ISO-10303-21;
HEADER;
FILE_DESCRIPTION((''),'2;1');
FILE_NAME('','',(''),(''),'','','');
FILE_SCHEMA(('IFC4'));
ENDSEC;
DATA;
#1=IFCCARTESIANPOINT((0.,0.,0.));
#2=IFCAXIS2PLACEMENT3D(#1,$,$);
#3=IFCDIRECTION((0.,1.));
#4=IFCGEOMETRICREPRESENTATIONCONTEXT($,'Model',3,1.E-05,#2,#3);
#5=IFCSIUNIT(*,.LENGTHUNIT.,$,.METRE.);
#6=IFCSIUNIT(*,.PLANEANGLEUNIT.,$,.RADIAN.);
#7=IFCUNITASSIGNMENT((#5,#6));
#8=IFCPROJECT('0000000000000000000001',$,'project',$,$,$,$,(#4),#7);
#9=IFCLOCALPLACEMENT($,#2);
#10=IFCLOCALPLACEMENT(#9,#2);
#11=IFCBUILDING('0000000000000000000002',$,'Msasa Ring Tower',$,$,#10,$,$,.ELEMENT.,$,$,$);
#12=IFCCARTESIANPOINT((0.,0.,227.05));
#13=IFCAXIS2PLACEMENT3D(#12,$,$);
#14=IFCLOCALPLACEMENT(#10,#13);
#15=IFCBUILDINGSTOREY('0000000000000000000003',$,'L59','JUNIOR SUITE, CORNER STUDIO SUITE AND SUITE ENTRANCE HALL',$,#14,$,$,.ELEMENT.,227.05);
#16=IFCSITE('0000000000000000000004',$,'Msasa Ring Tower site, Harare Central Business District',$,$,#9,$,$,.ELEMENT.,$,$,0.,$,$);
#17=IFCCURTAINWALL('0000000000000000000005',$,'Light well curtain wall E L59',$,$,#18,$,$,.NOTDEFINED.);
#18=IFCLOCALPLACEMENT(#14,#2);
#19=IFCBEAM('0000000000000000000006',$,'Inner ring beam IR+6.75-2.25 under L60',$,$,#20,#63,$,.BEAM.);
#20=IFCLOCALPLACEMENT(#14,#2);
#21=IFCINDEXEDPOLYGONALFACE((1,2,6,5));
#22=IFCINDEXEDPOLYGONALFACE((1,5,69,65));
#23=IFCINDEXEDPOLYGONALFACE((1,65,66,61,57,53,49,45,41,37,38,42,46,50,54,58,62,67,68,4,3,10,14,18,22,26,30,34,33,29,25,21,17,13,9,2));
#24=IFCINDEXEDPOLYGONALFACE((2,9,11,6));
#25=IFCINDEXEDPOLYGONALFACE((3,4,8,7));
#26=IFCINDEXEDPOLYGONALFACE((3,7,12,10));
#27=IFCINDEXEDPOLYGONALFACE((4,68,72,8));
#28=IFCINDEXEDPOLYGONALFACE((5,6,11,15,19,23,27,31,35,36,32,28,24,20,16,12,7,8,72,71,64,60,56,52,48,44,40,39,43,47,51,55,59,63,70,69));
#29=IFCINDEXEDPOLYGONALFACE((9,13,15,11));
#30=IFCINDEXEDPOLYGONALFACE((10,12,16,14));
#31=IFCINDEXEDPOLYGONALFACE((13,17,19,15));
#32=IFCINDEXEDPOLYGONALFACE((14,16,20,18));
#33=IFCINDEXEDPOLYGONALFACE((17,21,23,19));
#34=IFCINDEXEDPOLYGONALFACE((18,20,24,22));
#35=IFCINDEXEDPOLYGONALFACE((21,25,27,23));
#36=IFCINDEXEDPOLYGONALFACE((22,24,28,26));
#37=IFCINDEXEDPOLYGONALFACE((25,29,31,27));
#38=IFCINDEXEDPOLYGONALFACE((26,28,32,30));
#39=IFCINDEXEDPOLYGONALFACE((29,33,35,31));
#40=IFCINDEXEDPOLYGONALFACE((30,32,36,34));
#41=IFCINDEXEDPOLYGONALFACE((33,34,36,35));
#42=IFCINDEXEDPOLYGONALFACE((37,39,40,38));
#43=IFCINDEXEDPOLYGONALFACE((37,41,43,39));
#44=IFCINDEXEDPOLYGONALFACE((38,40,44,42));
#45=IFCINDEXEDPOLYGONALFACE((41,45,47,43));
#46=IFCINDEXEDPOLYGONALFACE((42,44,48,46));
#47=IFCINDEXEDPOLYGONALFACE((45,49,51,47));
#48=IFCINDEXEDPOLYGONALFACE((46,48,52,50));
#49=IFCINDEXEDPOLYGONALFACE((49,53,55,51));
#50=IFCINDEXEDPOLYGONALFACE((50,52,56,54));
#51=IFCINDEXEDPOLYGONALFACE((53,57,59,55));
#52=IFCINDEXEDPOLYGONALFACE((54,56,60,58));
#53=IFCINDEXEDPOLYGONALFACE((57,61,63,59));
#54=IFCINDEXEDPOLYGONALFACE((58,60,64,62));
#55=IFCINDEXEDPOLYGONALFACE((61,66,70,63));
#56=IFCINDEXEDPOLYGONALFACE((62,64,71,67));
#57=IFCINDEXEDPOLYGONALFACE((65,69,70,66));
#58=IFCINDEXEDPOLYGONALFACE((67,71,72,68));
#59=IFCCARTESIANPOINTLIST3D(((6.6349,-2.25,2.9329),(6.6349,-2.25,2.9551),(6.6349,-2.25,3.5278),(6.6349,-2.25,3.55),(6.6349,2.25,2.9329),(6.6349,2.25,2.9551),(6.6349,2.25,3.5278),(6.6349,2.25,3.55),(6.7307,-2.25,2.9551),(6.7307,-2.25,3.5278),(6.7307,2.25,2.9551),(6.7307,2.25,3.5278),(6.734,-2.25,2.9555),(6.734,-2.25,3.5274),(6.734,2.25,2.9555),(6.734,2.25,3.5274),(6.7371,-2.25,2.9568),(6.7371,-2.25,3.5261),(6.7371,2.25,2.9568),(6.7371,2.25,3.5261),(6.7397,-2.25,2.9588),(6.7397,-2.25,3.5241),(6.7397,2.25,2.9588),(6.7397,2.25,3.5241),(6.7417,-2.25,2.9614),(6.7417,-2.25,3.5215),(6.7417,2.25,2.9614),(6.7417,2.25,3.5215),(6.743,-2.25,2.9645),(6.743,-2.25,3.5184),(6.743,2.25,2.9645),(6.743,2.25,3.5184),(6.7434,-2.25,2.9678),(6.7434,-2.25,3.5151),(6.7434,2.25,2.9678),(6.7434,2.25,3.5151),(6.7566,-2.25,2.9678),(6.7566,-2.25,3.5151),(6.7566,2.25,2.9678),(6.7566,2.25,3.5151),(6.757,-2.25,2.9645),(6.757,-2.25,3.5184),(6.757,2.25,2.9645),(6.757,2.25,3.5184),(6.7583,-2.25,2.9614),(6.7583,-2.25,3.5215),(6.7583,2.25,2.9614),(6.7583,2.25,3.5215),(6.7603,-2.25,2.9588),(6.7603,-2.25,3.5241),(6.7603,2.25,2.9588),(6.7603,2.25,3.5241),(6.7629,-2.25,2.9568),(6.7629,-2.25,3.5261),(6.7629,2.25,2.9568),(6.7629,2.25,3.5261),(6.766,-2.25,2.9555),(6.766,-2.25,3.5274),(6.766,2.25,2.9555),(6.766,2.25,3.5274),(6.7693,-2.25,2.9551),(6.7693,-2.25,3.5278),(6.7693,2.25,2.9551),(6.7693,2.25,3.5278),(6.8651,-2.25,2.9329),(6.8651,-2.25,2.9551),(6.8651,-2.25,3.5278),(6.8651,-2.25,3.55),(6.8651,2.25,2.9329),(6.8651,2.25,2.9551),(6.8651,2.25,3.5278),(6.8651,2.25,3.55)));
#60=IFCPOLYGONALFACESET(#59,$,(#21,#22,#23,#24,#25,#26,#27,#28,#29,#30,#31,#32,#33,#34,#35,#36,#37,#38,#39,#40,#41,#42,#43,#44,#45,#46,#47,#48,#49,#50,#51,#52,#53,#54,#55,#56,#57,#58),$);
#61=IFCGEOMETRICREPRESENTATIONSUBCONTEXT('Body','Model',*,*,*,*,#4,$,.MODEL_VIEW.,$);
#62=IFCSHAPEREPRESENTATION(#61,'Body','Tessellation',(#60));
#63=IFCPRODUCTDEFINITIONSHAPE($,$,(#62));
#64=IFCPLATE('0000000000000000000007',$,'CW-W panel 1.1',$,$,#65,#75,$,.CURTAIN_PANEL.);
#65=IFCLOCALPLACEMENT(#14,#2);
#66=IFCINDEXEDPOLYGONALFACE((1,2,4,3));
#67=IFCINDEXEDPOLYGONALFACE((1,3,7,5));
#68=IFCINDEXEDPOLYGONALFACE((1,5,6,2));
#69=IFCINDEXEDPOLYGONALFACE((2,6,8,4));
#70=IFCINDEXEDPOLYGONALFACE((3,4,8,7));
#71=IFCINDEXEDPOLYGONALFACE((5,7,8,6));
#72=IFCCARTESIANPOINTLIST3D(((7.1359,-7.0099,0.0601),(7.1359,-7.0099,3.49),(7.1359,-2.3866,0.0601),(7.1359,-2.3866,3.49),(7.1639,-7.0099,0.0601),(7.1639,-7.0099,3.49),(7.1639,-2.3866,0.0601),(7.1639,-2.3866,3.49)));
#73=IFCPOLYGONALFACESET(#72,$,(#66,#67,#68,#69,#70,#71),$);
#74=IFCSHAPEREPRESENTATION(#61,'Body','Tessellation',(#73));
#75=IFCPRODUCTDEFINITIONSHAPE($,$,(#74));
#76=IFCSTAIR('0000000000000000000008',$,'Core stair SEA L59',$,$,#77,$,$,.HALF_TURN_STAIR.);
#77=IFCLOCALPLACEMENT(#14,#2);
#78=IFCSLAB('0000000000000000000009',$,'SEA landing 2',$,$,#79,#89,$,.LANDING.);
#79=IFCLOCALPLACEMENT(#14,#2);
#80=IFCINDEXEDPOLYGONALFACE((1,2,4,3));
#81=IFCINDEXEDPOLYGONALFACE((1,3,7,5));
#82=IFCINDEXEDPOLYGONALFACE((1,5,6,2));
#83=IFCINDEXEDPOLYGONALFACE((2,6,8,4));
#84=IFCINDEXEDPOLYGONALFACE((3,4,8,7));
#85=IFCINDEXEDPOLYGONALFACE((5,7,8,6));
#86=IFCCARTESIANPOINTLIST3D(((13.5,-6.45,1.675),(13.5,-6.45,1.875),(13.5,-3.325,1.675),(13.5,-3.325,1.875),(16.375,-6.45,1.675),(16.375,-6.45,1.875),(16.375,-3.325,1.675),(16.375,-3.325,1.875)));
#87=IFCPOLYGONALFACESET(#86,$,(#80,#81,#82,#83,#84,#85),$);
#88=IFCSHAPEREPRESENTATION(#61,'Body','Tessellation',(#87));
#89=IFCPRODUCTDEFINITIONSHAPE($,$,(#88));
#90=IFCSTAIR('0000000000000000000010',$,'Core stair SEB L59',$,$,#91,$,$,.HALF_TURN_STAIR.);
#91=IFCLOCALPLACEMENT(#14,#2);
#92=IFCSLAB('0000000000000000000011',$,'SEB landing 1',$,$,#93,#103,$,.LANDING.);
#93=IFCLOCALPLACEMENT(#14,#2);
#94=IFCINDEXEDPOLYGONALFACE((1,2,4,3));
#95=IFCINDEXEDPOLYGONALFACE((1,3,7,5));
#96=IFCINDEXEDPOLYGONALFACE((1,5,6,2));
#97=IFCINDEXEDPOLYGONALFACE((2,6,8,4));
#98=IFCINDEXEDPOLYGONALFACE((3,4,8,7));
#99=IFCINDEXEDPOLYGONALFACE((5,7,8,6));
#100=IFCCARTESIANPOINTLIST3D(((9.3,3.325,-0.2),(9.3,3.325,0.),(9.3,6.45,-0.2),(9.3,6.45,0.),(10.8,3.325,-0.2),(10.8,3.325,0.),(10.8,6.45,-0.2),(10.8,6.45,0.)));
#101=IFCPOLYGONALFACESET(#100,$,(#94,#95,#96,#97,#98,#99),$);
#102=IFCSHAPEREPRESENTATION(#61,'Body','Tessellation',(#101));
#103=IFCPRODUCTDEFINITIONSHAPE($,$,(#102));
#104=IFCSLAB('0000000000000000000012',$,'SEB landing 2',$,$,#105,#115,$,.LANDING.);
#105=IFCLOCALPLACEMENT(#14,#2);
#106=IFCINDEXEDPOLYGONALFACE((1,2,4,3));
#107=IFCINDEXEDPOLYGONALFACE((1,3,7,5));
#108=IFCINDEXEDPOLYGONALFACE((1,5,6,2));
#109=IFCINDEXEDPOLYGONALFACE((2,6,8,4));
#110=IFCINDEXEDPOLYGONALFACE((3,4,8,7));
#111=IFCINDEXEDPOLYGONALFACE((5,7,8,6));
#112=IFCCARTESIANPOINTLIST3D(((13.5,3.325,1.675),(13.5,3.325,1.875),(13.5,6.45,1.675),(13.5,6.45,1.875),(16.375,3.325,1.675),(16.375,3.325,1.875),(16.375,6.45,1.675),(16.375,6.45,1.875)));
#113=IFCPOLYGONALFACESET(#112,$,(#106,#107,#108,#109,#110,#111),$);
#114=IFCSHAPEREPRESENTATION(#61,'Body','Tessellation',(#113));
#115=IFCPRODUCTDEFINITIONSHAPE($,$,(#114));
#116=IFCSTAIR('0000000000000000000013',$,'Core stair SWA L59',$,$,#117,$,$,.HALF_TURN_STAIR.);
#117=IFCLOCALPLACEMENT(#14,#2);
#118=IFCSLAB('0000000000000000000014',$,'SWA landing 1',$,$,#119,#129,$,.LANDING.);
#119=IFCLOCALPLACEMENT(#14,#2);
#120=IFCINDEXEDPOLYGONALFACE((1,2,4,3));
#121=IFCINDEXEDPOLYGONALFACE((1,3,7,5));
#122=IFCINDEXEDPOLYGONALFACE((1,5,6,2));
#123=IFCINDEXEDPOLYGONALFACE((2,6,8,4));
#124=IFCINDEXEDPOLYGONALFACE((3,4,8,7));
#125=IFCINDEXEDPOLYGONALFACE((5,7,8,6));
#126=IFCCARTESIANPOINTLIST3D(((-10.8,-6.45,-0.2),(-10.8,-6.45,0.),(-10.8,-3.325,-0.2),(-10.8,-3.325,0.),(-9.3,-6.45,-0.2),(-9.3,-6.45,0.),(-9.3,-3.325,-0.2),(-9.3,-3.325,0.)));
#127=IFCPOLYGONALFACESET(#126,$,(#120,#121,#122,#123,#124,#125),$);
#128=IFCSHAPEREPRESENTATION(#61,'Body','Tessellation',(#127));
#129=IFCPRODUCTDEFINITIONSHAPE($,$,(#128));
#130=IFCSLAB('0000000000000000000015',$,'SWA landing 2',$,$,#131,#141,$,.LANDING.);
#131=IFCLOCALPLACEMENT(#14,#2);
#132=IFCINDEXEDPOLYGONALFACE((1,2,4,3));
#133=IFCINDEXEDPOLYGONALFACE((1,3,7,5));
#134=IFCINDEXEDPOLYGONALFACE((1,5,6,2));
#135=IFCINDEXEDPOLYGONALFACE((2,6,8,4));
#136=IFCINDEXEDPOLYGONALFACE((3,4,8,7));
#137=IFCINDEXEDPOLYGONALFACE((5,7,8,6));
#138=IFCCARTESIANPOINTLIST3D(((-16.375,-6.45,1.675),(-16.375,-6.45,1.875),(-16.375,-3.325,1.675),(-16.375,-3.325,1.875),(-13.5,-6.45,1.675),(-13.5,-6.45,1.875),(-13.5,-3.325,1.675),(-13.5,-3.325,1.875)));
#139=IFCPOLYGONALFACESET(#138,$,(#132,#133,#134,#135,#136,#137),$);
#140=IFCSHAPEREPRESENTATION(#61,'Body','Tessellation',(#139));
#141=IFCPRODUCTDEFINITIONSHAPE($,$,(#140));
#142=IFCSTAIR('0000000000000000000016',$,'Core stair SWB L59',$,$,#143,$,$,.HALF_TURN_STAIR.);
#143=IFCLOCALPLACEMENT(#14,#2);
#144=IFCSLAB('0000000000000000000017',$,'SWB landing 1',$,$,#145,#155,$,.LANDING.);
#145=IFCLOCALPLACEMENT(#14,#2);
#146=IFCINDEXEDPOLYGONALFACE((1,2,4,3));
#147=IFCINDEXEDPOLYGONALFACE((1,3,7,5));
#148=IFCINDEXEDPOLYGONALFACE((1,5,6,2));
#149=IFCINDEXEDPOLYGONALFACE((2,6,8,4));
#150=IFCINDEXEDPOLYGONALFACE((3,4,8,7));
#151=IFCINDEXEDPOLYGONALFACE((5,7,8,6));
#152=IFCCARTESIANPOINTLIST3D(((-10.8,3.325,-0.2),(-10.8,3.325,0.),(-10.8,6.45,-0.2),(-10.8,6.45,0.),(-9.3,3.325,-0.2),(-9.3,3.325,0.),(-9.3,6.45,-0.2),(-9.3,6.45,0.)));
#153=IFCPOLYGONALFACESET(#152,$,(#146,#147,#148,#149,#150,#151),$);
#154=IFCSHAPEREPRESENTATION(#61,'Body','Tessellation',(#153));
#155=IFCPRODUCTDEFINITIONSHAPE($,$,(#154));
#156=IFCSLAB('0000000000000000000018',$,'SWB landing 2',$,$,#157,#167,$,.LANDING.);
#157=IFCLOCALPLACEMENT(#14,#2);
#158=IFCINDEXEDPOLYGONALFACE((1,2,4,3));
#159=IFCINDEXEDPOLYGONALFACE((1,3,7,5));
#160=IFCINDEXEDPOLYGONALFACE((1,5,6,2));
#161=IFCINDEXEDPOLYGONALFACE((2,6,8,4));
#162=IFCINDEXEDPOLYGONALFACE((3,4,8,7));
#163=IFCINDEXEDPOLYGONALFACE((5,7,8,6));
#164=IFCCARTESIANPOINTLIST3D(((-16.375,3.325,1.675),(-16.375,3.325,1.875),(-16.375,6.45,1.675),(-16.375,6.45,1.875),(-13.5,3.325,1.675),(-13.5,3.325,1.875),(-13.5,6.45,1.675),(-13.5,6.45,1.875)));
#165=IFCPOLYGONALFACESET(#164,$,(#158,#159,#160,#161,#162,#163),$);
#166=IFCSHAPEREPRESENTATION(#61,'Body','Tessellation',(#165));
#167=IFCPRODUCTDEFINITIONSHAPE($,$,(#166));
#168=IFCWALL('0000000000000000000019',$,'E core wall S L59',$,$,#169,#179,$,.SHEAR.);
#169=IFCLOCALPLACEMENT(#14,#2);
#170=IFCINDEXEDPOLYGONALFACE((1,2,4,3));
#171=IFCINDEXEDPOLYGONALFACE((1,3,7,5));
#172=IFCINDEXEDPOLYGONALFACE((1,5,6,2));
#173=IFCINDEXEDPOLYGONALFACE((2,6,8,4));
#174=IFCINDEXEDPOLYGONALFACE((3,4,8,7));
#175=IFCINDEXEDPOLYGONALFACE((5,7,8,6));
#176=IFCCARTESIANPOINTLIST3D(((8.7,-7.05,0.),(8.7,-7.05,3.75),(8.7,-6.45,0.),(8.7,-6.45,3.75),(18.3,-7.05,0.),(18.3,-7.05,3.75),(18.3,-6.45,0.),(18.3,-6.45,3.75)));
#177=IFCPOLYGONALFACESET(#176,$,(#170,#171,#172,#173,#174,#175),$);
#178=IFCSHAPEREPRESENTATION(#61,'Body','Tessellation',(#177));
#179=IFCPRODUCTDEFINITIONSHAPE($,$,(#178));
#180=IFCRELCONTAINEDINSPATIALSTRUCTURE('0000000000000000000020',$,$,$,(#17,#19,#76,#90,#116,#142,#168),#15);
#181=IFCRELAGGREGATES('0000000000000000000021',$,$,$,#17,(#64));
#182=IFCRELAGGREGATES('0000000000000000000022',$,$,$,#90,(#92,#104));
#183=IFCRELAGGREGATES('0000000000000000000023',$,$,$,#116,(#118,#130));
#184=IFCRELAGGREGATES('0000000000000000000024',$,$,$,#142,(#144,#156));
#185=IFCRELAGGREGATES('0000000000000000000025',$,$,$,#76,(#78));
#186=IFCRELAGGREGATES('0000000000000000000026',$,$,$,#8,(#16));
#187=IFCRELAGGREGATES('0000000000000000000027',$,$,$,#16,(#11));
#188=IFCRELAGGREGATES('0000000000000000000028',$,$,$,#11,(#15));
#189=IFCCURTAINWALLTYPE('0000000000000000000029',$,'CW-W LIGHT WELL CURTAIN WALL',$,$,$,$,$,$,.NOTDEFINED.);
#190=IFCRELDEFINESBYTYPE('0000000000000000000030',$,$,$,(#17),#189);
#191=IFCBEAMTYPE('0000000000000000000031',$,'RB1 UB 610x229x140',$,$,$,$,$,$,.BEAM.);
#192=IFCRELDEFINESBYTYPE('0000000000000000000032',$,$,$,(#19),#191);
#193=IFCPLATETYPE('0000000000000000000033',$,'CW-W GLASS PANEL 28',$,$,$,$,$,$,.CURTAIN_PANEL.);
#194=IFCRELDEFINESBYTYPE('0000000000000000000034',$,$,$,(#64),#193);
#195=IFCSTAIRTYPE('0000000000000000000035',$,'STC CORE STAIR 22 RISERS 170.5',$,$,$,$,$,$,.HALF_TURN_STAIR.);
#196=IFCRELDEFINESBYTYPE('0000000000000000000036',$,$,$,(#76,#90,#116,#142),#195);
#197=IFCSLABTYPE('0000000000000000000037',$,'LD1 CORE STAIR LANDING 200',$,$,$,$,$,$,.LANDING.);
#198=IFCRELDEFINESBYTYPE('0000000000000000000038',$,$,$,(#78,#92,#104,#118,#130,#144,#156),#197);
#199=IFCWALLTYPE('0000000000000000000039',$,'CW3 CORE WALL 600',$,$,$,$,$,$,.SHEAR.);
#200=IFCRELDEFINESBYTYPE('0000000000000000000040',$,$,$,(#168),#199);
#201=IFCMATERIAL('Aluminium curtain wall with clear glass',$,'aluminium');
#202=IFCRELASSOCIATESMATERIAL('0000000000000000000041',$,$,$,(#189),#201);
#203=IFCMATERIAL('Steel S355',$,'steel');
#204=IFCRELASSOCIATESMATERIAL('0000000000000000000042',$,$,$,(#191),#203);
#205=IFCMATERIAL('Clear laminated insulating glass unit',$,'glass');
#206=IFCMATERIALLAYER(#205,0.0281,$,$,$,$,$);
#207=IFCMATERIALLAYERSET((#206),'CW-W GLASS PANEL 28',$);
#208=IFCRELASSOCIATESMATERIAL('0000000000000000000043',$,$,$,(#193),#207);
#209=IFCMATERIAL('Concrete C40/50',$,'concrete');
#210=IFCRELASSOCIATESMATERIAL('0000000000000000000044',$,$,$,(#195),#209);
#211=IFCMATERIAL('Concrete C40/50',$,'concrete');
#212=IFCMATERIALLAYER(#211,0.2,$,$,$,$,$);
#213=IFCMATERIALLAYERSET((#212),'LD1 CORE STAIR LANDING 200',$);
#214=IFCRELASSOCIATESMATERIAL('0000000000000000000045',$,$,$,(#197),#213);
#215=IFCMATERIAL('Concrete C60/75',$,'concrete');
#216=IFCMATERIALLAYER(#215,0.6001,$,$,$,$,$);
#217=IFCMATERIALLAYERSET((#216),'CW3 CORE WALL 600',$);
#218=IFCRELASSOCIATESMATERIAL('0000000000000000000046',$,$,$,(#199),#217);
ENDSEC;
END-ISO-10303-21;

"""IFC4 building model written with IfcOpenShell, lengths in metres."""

from ifc_helpers import new_model, si_unit, direction, frame, frame_2d, origin, origin_2d, place, context, subcontext, project, spatial, polyline, rectangle, i_section, outline, extrude, material, layer, layer_set, material_profile, profile_set, type_object, element, aggregate, save


model = new_model("IFC4")

# Units and contexts
model_context = context("Model", 3, precision=1e-05, world=origin(), true_north=direction((0.0, 1.0)))
body_context = subcontext(model_context, "Body", "Model", "MODEL_VIEW")
ifc_project = project(units=[si_unit("LENGTHUNIT", "METRE"), si_unit("PLANEANGLEUNIT", "RADIAN")], contexts=[model_context])

# Site, building, storey
site_placement = place(None, origin())
site = spatial("IfcSite", under=ifc_project, at=site_placement, Name="Msasa Ring Tower site, Harare Central Business District", CompositionType="ELEMENT", RefElevation=0.0)
building_placement = place(site_placement, origin())
building = spatial("IfcBuilding", under=site, at=building_placement, Name="Msasa Ring Tower", CompositionType="ELEMENT")
storey_placement = place(building_placement, frame((0.0, 0.0, 227.05)))
storey = spatial("IfcBuildingStorey", under=building, at=storey_placement, Name="L59", Description="JUNIOR SUITE, CORNER STUDIO SUITE AND SUITE ENTRANCE HALL", CompositionType="ELEMENT", Elevation=227.05)

# Curtain wall
ifc_material_1 = material(Name="Aluminium curtain wall with clear glass", Category="aluminium")
curtain_wall_type = type_object("IfcCurtainWallType", Name="CW-W LIGHT WELL CURTAIN WALL", PredefinedType="NOTDEFINED", material=ifc_material_1)
curtain_wall_placement = place(storey_placement, origin())
curtain_wall = element("IfcCurtainWall", 1, at=curtain_wall_placement, inside=storey, type_object=curtain_wall_type, Name="Light well curtain wall E L59", PredefinedType="NOTDEFINED")

# Beam
ifc_material_2 = material(Name="Steel S355", Category="steel")
ifc_material_profile_1 = material_profile(ifc_material_2, i_section(OverallWidth=0.2302, OverallDepth=0.6172, WebThickness=0.0132, FlangeThickness=0.0222, FilletRadius=0.0127, at=origin_2d()), Name="UB 610x229x140")
ifc_profile_set_1 = profile_set([ifc_material_profile_1], Name="Steel S355")
beam_type = type_object("IfcBeamType", Name="RB1 UB 610x229x140", PredefinedType="BEAM", material=ifc_profile_set_1)
for number, where, z_axis, x_axis, name in (
    (2, (6.75, -2.25, 3.2415), (0.0, 1.0, 0.0), (-1.0, 0.0, 0.0), "Inner ring beam IR+6.75-2.25 under L60"),
):
    element("IfcBeam", number, at=place(storey_placement, frame(where, z_axis=z_axis, x_axis=x_axis)), inside=storey, type_object=beam_type, Name=name, PredefinedType="BEAM", context=body_context, shape_type="SweptSolid", body=[
        extrude(i_section(OverallWidth=0.2302, OverallDepth=0.6172, WebThickness=0.0132, FlangeThickness=0.0222, FilletRadius=0.0127, at=origin_2d()), origin(), (0.0, 0.0, 1.0), 4.5),
    ])

# Plate
ifc_material_3 = material(Name="Clear laminated insulating glass unit", Category="glass")
ifc_layer_1 = layer(ifc_material_3, 0.0281)
ifc_layer_set_1 = layer_set([ifc_layer_1], Name="CW-W GLASS PANEL 28")
plate_type = type_object("IfcPlateType", Name="CW-W GLASS PANEL 28", PredefinedType="CURTAIN_PANEL", material=ifc_layer_set_1)
plate_placement = place(storey_placement, frame((7.1499, -4.6982, 0.0601), z_axis=(0.0, 0.0, 1.0), x_axis=(0.0, 1.0, 0.0)))
plate = element("IfcPlate", 3, at=plate_placement, type_object=plate_type, Name="CW-W panel 1.1", PredefinedType="CURTAIN_PANEL", context=body_context, shape_type="SweptSolid", body=[
    extrude(rectangle(XDim=4.6233, YDim=0.0281, at=origin_2d()), origin(), (0.0, 0.0, 1.0), 3.4299),
])
aggregate(curtain_wall, [plate])

# Stair, slab
ifc_material_4 = material(Name="Concrete C40/50", Category="concrete")
stair_type = type_object("IfcStairType", Name="STC CORE STAIR 22 RISERS 170.5", PredefinedType="HALF_TURN_STAIR", material=ifc_material_4)
stair_1_placement = place(storey_placement, origin())
stair_1 = element("IfcStair", 4, at=stair_1_placement, inside=storey, type_object=stair_type, Name="Core stair SEA L59", PredefinedType="HALF_TURN_STAIR")
ifc_material_5 = material(Name="Concrete C40/50", Category="concrete")
ifc_layer_2 = layer(ifc_material_5, 0.2)
ifc_layer_set_2 = layer_set([ifc_layer_2], Name="LD1 CORE STAIR LANDING 200")
slab_type = type_object("IfcSlabType", Name="LD1 CORE STAIR LANDING 200", PredefinedType="LANDING", material=ifc_layer_set_2)
slab_1_placement = place(storey_placement, frame((0.0, 0.0, 1.675)))
slab_1 = element("IfcSlab", 5, at=slab_1_placement, type_object=slab_type, Name="SEA landing 2", PredefinedType="LANDING", context=body_context, shape_type="SweptSolid", body=[
    extrude(outline(polyline([(13.5, -6.45), (16.375, -6.45), (16.375, -3.325), (13.5, -3.325), (13.5, -6.45)])), origin(), (0.0, 0.0, 1.0), 0.2),
])

# Stairs, slabs
stair_2_placement = place(storey_placement, origin())
stair_2 = element("IfcStair", 6, at=stair_2_placement, inside=storey, type_object=stair_type, Name="Core stair SEB L59", PredefinedType="HALF_TURN_STAIR")
slab_2_placement = place(storey_placement, frame((0.0, 0.0, -0.2)))
slab_2 = element("IfcSlab", 7, at=slab_2_placement, type_object=slab_type, Name="SEB landing 1", PredefinedType="LANDING", context=body_context, shape_type="SweptSolid", body=[
    extrude(outline(polyline([(9.3, 3.325), (10.8, 3.325), (10.8, 6.45), (9.3, 6.45), (9.3, 3.325)])), origin(), (0.0, 0.0, 1.0), 0.2),
])
slab_3_placement = place(storey_placement, frame((0.0, 0.0, 1.675)))
slab_3 = element("IfcSlab", 8, at=slab_3_placement, type_object=slab_type, Name="SEB landing 2", PredefinedType="LANDING", context=body_context, shape_type="SweptSolid", body=[
    extrude(outline(polyline([(13.5, 3.325), (16.375, 3.325), (16.375, 6.45), (13.5, 6.45), (13.5, 3.325)])), origin(), (0.0, 0.0, 1.0), 0.2),
])
aggregate(stair_2, [slab_2, slab_3])
stair_3_placement = place(storey_placement, origin())
stair_3 = element("IfcStair", 9, at=stair_3_placement, inside=storey, type_object=stair_type, Name="Core stair SWA L59", PredefinedType="HALF_TURN_STAIR")
slab_4_placement = place(storey_placement, frame((0.0, 0.0, -0.2)))
slab_4 = element("IfcSlab", 10, at=slab_4_placement, type_object=slab_type, Name="SWA landing 1", PredefinedType="LANDING", context=body_context, shape_type="SweptSolid", body=[
    extrude(outline(polyline([(-10.8, -6.45), (-9.3, -6.45), (-9.3, -3.325), (-10.8, -3.325), (-10.8, -6.45)])), origin(), (0.0, 0.0, 1.0), 0.2),
])
slab_5_placement = place(storey_placement, frame((0.0, 0.0, 1.675)))
slab_5 = element("IfcSlab", 11, at=slab_5_placement, type_object=slab_type, Name="SWA landing 2", PredefinedType="LANDING", context=body_context, shape_type="SweptSolid", body=[
    extrude(outline(polyline([(-16.375, -6.45), (-13.5, -6.45), (-13.5, -3.325), (-16.375, -3.325), (-16.375, -6.45)])), origin(), (0.0, 0.0, 1.0), 0.2),
])
aggregate(stair_3, [slab_4, slab_5])
stair_4_placement = place(storey_placement, origin())
stair_4 = element("IfcStair", 12, at=stair_4_placement, inside=storey, type_object=stair_type, Name="Core stair SWB L59", PredefinedType="HALF_TURN_STAIR")
slab_6_placement = place(storey_placement, frame((0.0, 0.0, -0.2)))
slab_6 = element("IfcSlab", 13, at=slab_6_placement, type_object=slab_type, Name="SWB landing 1", PredefinedType="LANDING", context=body_context, shape_type="SweptSolid", body=[
    extrude(outline(polyline([(-10.8, 3.325), (-9.3, 3.325), (-9.3, 6.45), (-10.8, 6.45), (-10.8, 3.325)])), origin(), (0.0, 0.0, 1.0), 0.2),
])
slab_7_placement = place(storey_placement, frame((0.0, 0.0, 1.675)))
slab_7 = element("IfcSlab", 14, at=slab_7_placement, type_object=slab_type, Name="SWB landing 2", PredefinedType="LANDING", context=body_context, shape_type="SweptSolid", body=[
    extrude(outline(polyline([(-16.375, 3.325), (-13.5, 3.325), (-13.5, 6.45), (-16.375, 6.45), (-16.375, 3.325)])), origin(), (0.0, 0.0, 1.0), 0.2),
])
aggregate(stair_4, [slab_6, slab_7])

# Wall
ifc_material_6 = material(Name="Concrete C60/75", Category="concrete")
ifc_layer_3 = layer(ifc_material_6, 0.6001)
ifc_layer_set_3 = layer_set([ifc_layer_3], Name="CW3 CORE WALL 600")
wall_type_1 = type_object("IfcWallType", Name="CW3 CORE WALL 600", PredefinedType="SHEAR", material=ifc_layer_set_3)
wall_1_placement = place(storey_placement, frame((8.7, -6.75, 0.0), z_axis=(0.0, 0.0, 1.0), x_axis=(1.0, 0.0, 0.0)))
element("IfcWall", 15, at=wall_1_placement, inside=storey, type_object=wall_type_1, Name="E core wall S L59", PredefinedType="SHEAR", context=body_context, shape_type="SweptSolid", body=[
    extrude(rectangle(XDim=9.6001, YDim=0.6001, at=frame_2d((4.8, 0.0))), origin(), (0.0, 0.0, 1.0), 3.75),
])

aggregate(stair_1, [slab_1])

save(model, "model.ifc")
